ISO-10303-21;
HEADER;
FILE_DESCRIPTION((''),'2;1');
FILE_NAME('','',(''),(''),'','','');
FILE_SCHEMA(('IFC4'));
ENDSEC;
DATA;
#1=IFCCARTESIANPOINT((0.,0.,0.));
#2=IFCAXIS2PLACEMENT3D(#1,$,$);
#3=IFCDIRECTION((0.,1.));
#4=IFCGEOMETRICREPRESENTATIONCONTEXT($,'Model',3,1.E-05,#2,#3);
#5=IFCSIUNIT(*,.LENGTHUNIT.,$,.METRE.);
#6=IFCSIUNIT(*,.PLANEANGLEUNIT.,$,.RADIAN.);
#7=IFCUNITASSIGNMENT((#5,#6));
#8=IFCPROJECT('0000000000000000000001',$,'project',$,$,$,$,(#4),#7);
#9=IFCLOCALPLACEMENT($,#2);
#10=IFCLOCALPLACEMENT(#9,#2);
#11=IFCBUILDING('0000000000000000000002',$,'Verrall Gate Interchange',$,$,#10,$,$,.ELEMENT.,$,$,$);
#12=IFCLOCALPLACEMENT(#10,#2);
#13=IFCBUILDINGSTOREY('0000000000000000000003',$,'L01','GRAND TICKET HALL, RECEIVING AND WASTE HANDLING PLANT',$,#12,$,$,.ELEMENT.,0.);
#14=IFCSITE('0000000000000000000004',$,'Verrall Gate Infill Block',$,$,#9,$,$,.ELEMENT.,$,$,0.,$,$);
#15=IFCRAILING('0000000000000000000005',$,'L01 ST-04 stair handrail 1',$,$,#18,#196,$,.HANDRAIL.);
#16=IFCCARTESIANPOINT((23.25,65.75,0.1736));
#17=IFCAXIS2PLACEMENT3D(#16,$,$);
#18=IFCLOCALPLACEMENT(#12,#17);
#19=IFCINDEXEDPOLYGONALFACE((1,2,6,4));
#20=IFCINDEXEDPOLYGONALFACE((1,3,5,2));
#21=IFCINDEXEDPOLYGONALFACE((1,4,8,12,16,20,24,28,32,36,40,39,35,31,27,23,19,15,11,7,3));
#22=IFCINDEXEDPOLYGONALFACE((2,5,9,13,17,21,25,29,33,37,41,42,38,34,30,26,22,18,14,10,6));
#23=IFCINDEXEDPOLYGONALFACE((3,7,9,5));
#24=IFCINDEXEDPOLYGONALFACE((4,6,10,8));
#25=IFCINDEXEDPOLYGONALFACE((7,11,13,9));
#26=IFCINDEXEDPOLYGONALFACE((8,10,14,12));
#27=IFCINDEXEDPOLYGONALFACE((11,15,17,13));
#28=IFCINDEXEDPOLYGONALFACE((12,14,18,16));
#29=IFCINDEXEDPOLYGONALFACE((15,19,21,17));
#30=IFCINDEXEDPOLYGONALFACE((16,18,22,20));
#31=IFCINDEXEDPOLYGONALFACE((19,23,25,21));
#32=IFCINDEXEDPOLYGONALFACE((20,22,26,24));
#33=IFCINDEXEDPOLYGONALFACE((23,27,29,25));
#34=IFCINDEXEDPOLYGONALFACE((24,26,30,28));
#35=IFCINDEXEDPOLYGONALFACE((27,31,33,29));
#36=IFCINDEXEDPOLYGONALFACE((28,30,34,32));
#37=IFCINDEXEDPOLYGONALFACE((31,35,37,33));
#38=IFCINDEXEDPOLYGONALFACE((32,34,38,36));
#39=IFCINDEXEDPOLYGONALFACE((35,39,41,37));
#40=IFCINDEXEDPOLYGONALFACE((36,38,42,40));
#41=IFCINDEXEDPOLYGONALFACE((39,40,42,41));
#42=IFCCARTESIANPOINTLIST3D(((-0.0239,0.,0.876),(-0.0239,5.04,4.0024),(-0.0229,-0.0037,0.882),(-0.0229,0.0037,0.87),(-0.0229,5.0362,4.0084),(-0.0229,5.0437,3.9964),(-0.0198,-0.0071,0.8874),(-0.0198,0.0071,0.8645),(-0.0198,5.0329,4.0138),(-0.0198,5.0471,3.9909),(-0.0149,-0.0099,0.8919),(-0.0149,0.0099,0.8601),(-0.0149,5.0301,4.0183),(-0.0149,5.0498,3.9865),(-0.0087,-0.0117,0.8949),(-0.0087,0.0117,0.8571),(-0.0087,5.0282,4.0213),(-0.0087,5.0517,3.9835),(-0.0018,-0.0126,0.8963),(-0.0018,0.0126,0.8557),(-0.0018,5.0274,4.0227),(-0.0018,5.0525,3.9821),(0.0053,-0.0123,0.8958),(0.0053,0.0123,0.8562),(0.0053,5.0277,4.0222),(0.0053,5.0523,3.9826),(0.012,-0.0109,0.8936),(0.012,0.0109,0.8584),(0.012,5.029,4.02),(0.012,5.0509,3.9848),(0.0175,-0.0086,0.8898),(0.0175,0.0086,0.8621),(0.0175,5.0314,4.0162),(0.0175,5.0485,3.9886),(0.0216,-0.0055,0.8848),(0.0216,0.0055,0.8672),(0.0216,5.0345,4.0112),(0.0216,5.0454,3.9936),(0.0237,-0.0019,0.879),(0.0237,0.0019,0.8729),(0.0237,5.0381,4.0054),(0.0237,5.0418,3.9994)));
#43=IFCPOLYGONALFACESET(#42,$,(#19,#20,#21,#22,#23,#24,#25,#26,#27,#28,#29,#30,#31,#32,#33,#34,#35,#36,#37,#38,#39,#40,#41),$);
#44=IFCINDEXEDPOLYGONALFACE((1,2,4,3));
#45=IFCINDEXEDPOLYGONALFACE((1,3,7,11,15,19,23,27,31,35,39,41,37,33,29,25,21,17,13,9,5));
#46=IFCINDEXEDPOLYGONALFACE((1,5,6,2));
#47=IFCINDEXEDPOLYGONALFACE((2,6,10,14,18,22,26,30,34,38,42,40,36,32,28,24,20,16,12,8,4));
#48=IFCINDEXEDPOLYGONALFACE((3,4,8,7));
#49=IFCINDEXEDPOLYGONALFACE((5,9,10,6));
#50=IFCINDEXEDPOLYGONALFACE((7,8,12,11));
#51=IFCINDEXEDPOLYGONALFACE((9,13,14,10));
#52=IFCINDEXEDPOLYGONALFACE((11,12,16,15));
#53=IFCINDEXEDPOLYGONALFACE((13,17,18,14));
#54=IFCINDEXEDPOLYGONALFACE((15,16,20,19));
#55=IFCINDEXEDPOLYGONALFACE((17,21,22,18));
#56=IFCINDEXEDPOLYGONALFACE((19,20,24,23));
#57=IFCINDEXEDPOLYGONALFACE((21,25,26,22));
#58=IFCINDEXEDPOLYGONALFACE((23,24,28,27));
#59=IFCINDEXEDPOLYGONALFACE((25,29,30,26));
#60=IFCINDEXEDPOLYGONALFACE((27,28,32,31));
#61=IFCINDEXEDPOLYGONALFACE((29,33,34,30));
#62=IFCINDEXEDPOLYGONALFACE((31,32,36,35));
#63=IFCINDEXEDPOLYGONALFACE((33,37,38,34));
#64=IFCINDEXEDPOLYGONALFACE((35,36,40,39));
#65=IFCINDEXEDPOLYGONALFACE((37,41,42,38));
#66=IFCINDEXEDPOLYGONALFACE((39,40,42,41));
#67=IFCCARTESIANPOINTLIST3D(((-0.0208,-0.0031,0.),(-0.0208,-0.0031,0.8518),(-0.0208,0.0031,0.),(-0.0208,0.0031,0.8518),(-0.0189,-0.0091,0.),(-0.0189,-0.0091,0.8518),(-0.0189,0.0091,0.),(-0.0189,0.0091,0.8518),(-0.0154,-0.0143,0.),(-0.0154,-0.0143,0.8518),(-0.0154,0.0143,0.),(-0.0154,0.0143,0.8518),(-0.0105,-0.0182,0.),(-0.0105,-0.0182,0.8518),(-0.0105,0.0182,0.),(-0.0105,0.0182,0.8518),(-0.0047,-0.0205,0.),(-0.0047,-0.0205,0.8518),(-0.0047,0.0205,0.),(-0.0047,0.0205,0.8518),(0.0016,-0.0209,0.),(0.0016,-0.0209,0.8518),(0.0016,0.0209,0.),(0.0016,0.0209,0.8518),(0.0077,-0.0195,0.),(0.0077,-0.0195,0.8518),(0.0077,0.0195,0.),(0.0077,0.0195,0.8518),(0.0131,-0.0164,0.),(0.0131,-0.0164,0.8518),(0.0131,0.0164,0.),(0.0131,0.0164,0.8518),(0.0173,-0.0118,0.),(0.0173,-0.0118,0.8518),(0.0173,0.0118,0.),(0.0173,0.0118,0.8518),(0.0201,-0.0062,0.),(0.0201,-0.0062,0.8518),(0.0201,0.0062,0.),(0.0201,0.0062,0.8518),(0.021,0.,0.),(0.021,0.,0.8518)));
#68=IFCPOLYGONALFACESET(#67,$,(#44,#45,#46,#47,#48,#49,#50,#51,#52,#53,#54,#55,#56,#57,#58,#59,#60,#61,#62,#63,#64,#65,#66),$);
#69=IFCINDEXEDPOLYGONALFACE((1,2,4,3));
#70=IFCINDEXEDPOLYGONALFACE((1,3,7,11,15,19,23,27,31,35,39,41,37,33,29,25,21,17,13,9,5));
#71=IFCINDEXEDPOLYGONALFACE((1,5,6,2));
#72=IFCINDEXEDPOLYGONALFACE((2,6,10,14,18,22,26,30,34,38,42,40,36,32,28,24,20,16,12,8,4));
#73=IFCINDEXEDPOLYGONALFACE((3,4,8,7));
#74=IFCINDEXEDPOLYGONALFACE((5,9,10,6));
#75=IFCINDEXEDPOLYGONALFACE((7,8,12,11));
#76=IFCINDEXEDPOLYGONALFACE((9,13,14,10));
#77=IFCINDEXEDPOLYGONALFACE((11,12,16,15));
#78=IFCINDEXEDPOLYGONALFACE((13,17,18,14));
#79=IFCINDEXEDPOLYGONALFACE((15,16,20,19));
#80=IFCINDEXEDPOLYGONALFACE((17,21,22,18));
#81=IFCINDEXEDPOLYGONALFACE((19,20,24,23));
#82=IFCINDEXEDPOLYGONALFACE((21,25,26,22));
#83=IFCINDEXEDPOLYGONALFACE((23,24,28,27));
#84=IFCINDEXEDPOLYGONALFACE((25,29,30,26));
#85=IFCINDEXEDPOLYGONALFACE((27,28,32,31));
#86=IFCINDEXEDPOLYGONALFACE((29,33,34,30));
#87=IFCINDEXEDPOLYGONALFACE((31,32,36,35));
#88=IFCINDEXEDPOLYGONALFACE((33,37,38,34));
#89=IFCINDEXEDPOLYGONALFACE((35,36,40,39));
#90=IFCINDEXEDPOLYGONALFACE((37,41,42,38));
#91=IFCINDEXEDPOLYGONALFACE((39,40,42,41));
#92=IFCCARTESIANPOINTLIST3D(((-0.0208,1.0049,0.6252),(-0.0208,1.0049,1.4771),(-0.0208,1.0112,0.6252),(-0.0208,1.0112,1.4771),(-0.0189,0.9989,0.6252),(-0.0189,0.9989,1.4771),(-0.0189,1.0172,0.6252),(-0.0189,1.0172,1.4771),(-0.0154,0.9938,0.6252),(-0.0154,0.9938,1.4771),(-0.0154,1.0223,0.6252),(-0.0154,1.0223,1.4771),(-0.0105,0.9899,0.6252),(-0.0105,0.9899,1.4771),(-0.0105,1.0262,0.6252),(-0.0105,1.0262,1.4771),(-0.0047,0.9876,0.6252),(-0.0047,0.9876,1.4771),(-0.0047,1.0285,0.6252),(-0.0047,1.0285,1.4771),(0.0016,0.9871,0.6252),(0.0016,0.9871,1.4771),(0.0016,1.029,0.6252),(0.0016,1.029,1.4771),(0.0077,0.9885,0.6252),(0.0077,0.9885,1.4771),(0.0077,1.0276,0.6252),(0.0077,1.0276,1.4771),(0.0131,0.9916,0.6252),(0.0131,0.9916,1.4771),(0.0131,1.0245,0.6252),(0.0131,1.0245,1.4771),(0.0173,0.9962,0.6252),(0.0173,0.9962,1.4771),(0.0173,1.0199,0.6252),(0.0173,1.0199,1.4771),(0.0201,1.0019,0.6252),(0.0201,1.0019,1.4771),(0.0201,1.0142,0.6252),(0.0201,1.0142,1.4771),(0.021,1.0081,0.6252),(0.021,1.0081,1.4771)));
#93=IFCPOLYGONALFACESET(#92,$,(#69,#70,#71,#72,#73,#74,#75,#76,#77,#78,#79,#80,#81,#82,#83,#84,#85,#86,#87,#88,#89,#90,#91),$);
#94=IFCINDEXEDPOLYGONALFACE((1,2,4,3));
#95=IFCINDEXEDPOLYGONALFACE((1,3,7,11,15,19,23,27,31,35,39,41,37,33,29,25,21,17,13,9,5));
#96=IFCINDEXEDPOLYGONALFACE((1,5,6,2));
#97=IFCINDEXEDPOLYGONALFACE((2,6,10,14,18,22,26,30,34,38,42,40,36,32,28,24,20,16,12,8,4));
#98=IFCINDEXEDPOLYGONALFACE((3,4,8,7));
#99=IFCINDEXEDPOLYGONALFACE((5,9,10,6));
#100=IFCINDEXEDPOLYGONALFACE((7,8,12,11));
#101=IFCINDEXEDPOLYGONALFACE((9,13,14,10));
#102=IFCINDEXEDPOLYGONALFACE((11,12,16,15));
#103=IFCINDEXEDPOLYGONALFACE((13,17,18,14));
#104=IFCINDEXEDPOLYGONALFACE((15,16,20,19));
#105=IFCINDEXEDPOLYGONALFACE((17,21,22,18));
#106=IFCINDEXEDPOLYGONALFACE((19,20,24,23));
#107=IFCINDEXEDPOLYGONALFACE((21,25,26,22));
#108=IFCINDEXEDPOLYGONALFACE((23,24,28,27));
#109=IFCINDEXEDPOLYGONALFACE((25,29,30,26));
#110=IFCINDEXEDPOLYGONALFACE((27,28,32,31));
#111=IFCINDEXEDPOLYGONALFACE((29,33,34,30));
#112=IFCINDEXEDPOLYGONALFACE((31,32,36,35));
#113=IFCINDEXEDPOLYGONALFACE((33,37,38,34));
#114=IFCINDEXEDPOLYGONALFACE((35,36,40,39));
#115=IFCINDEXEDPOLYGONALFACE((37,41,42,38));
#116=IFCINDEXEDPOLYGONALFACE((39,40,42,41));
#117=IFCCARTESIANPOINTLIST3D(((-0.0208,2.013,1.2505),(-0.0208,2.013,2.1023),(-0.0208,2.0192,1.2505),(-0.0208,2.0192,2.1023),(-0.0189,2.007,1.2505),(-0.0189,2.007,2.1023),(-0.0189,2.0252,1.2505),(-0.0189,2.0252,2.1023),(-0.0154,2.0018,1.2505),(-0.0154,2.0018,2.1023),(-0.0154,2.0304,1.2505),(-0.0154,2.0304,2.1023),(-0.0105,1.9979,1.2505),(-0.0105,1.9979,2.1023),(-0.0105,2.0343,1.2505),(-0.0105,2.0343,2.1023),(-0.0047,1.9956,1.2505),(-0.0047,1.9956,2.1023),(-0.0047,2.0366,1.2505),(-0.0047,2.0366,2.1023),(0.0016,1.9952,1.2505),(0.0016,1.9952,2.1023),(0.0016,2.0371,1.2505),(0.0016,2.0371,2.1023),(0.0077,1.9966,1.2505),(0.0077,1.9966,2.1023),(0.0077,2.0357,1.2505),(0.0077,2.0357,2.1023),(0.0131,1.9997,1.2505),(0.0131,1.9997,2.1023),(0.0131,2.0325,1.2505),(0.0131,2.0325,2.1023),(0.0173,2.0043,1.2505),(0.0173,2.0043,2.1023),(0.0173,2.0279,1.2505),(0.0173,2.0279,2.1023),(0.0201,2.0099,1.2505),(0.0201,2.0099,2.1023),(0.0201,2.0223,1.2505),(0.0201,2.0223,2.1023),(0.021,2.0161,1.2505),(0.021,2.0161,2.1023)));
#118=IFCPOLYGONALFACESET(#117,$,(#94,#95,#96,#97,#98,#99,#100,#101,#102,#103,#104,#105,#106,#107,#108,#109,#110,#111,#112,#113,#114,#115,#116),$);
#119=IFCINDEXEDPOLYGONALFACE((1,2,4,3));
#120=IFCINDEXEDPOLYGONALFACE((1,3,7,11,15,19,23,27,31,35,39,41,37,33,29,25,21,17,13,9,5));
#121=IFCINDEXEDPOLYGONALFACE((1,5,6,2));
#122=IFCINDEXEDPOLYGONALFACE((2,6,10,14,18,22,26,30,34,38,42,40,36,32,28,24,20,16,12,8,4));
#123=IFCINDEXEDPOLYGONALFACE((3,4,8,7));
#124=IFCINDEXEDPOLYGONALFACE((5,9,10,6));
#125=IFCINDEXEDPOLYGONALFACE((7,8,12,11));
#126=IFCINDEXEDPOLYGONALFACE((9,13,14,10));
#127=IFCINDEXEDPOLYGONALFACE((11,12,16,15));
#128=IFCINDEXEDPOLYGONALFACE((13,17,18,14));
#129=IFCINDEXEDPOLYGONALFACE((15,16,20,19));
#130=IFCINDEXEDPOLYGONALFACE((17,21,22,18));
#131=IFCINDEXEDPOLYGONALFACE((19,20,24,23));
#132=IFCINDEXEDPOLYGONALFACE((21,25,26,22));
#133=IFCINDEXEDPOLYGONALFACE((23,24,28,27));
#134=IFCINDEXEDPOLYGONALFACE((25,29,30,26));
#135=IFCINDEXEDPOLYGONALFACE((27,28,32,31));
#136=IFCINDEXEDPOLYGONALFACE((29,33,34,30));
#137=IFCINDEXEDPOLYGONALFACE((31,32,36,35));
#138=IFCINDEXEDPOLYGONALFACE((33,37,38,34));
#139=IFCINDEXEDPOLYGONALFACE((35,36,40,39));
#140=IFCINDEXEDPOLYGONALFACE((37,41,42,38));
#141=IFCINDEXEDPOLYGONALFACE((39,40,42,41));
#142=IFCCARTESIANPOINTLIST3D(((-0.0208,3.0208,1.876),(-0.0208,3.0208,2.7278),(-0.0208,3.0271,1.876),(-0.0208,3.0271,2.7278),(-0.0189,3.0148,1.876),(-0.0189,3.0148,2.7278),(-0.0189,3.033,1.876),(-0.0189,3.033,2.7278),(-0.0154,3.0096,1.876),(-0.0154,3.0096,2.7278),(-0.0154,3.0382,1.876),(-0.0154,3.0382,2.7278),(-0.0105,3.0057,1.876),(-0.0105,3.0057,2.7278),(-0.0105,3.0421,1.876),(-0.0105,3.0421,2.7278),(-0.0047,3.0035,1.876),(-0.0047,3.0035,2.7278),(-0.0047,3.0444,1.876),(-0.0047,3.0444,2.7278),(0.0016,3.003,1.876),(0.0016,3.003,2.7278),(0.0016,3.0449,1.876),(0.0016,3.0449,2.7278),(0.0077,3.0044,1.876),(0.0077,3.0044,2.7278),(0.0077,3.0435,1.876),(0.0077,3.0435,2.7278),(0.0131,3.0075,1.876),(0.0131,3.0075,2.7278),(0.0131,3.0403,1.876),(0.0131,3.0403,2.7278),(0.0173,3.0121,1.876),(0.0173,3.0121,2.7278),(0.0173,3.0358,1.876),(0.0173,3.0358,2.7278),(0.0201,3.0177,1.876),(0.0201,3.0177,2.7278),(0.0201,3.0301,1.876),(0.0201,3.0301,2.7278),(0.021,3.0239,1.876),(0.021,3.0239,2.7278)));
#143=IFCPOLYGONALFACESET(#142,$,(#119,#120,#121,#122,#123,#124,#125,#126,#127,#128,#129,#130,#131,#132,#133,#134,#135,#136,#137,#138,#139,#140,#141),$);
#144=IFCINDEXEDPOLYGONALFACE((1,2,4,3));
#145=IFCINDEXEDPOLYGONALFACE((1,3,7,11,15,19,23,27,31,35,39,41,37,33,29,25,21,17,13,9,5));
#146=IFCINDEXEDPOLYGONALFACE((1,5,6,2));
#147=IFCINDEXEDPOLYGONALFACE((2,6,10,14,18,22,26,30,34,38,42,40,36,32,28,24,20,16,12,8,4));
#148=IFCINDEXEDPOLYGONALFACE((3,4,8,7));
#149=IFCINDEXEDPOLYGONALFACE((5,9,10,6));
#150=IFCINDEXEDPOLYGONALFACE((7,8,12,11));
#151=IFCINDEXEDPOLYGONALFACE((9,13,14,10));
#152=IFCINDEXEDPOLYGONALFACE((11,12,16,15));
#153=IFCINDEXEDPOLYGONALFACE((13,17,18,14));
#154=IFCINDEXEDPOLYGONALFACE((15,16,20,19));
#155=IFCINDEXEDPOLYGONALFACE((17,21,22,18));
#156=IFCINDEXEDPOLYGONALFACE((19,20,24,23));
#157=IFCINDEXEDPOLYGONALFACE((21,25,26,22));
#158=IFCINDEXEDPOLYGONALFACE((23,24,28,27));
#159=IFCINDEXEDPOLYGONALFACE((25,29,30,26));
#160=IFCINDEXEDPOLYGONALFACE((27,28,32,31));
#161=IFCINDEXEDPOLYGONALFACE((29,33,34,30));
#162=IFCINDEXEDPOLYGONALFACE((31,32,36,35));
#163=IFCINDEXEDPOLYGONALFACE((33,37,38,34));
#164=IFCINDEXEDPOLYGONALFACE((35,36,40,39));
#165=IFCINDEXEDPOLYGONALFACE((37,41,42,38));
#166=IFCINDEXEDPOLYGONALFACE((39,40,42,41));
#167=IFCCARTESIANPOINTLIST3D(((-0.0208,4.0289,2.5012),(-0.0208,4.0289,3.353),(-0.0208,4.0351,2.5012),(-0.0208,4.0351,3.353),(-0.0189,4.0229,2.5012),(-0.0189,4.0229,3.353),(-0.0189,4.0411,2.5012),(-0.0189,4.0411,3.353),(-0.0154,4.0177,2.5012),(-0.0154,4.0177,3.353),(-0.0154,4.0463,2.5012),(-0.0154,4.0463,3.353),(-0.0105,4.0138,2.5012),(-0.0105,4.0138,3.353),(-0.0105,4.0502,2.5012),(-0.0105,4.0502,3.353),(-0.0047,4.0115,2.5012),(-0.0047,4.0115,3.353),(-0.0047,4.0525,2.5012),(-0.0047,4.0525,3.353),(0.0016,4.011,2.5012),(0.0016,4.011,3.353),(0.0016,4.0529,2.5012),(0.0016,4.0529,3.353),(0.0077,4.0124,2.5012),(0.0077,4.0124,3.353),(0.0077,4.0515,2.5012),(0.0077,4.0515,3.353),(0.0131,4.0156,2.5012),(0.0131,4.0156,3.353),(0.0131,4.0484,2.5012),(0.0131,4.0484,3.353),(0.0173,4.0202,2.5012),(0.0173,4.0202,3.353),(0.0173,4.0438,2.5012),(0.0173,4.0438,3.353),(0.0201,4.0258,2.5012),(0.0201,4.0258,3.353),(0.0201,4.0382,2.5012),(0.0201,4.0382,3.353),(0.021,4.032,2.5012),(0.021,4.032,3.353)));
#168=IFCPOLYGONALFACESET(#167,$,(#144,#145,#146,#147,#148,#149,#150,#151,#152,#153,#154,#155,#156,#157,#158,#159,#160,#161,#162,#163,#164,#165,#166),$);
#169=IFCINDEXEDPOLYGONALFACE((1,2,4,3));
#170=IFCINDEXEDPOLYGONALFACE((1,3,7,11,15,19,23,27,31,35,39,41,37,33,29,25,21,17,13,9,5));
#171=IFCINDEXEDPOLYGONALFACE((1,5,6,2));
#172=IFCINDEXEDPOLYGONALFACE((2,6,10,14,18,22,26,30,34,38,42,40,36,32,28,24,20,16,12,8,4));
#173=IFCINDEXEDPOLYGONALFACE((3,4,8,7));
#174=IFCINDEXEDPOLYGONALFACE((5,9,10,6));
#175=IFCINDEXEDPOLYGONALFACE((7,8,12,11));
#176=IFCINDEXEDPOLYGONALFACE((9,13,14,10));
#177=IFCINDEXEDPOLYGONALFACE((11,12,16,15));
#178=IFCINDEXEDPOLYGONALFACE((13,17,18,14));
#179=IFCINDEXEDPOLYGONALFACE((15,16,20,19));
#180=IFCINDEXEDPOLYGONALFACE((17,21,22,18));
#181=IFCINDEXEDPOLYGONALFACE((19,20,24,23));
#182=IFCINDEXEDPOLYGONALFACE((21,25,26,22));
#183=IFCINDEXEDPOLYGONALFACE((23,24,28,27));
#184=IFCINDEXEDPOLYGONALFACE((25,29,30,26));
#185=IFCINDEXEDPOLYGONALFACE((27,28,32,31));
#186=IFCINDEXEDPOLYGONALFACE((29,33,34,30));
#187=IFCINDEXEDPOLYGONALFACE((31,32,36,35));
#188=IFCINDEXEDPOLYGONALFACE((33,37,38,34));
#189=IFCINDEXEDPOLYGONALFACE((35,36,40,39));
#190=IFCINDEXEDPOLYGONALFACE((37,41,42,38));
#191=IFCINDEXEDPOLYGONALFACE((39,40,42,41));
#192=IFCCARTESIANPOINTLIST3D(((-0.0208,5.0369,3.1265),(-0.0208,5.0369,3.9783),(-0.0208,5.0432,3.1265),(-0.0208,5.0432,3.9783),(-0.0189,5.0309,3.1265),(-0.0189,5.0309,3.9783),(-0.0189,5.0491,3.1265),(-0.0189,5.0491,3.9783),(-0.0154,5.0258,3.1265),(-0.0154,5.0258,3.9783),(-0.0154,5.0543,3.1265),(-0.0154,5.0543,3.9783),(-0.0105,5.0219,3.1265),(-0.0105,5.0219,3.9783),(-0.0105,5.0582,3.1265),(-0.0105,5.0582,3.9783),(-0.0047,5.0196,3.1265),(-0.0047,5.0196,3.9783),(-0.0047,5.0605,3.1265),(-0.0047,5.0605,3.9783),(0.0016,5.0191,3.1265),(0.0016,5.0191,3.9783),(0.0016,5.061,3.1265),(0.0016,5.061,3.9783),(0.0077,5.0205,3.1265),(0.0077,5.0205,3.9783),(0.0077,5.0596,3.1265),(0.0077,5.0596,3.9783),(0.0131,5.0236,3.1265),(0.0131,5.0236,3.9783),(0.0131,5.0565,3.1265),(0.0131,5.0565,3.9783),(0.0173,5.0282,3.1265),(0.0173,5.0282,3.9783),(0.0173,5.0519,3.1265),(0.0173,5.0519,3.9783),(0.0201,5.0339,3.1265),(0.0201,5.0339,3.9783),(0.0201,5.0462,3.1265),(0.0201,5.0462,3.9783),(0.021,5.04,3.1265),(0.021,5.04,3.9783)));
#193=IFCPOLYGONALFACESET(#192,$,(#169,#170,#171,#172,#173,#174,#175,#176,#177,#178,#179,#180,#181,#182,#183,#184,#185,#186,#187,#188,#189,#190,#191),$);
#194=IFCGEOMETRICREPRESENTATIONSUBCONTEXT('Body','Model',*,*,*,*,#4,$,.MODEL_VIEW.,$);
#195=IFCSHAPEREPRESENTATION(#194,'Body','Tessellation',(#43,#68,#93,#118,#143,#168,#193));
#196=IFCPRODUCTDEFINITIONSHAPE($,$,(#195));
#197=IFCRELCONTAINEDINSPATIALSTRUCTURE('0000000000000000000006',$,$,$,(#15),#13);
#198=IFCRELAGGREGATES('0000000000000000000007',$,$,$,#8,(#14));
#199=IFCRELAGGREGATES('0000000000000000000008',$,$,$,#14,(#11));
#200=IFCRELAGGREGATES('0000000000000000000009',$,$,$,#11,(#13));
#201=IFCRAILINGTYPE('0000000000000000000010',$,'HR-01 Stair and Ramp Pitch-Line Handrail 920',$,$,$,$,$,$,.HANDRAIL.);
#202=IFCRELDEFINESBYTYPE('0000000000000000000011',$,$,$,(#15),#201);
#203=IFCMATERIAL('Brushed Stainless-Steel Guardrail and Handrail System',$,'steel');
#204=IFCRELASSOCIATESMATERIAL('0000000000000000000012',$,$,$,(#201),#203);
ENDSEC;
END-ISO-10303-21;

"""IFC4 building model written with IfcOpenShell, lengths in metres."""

from ifc_helpers import new_model, si_unit, direction, frame, origin, origin_2d, place, context, subcontext, project, spatial, circle, extrude, material, type_object, element, save


model = new_model("IFC4")

# Units and contexts
model_context = context("Model", 3, precision=1e-05, world=origin(), true_north=direction((0.0, 1.0)))
body_context = subcontext(model_context, "Body", "Model", "MODEL_VIEW")
ifc_project = project(units=[si_unit("LENGTHUNIT", "METRE"), si_unit("PLANEANGLEUNIT", "RADIAN")], contexts=[model_context])

# Site, building, storey
site_placement = place(None, origin())
site = spatial("IfcSite", under=ifc_project, at=site_placement, Name="Verrall Gate Infill Block", CompositionType="ELEMENT", RefElevation=0.0)
building_placement = place(site_placement, origin())
building = spatial("IfcBuilding", under=site, at=building_placement, Name="Verrall Gate Interchange", CompositionType="ELEMENT")
storey_placement = place(building_placement, origin())
storey = spatial("IfcBuildingStorey", under=building, at=storey_placement, Name="L01", Description="GRAND TICKET HALL, RECEIVING AND WASTE HANDLING PLANT", CompositionType="ELEMENT", Elevation=0.0)

# Railing
ifc_material_1 = material(Name="Brushed Stainless-Steel Guardrail and Handrail System", Category="steel")
railing_type_1 = type_object("IfcRailingType", Name="HR-01 Stair and Ramp Pitch-Line Handrail 920", PredefinedType="HANDRAIL", material=ifc_material_1)
railing_1_placement = place(storey_placement, frame((23.25, 65.75, 0.1736)))
element("IfcRailing", 1, at=railing_1_placement, inside=storey, type_object=railing_type_1, Name="L01 ST-04 stair handrail 1", PredefinedType="HANDRAIL", context=body_context, shape_type="SweptSolid", body=[
    extrude(circle(Radius=0.0239, at=origin_2d()), frame((0.0, 0.0, 0.876), z_axis=(0.0, 0.849779, 0.527139), x_axis=(-1.0, 0.0, 0.0)), (0.0, 0.0, 1.0), 5.9309),
    extrude(circle(Radius=0.021, at=origin_2d()), origin(), (0.0, 0.0, 1.0), 0.8518),
    extrude(circle(Radius=0.021, at=origin_2d()), frame((0.0, 1.0081, 0.6252)), (0.0, 0.0, 1.0), 0.8518),
    extrude(circle(Radius=0.021, at=origin_2d()), frame((0.0, 2.0161, 1.2505)), (0.0, 0.0, 1.0), 0.8518),
    extrude(circle(Radius=0.021, at=origin_2d()), frame((0.0, 3.0239, 1.876)), (0.0, 0.0, 1.0), 0.8518),
    extrude(circle(Radius=0.021, at=origin_2d()), frame((0.0, 4.032, 2.5012)), (0.0, 0.0, 1.0), 0.8518),
    extrude(circle(Radius=0.021, at=origin_2d()), frame((0.0, 5.04, 3.1265)), (0.0, 0.0, 1.0), 0.8518),
])

save(model, "model.ifc")
